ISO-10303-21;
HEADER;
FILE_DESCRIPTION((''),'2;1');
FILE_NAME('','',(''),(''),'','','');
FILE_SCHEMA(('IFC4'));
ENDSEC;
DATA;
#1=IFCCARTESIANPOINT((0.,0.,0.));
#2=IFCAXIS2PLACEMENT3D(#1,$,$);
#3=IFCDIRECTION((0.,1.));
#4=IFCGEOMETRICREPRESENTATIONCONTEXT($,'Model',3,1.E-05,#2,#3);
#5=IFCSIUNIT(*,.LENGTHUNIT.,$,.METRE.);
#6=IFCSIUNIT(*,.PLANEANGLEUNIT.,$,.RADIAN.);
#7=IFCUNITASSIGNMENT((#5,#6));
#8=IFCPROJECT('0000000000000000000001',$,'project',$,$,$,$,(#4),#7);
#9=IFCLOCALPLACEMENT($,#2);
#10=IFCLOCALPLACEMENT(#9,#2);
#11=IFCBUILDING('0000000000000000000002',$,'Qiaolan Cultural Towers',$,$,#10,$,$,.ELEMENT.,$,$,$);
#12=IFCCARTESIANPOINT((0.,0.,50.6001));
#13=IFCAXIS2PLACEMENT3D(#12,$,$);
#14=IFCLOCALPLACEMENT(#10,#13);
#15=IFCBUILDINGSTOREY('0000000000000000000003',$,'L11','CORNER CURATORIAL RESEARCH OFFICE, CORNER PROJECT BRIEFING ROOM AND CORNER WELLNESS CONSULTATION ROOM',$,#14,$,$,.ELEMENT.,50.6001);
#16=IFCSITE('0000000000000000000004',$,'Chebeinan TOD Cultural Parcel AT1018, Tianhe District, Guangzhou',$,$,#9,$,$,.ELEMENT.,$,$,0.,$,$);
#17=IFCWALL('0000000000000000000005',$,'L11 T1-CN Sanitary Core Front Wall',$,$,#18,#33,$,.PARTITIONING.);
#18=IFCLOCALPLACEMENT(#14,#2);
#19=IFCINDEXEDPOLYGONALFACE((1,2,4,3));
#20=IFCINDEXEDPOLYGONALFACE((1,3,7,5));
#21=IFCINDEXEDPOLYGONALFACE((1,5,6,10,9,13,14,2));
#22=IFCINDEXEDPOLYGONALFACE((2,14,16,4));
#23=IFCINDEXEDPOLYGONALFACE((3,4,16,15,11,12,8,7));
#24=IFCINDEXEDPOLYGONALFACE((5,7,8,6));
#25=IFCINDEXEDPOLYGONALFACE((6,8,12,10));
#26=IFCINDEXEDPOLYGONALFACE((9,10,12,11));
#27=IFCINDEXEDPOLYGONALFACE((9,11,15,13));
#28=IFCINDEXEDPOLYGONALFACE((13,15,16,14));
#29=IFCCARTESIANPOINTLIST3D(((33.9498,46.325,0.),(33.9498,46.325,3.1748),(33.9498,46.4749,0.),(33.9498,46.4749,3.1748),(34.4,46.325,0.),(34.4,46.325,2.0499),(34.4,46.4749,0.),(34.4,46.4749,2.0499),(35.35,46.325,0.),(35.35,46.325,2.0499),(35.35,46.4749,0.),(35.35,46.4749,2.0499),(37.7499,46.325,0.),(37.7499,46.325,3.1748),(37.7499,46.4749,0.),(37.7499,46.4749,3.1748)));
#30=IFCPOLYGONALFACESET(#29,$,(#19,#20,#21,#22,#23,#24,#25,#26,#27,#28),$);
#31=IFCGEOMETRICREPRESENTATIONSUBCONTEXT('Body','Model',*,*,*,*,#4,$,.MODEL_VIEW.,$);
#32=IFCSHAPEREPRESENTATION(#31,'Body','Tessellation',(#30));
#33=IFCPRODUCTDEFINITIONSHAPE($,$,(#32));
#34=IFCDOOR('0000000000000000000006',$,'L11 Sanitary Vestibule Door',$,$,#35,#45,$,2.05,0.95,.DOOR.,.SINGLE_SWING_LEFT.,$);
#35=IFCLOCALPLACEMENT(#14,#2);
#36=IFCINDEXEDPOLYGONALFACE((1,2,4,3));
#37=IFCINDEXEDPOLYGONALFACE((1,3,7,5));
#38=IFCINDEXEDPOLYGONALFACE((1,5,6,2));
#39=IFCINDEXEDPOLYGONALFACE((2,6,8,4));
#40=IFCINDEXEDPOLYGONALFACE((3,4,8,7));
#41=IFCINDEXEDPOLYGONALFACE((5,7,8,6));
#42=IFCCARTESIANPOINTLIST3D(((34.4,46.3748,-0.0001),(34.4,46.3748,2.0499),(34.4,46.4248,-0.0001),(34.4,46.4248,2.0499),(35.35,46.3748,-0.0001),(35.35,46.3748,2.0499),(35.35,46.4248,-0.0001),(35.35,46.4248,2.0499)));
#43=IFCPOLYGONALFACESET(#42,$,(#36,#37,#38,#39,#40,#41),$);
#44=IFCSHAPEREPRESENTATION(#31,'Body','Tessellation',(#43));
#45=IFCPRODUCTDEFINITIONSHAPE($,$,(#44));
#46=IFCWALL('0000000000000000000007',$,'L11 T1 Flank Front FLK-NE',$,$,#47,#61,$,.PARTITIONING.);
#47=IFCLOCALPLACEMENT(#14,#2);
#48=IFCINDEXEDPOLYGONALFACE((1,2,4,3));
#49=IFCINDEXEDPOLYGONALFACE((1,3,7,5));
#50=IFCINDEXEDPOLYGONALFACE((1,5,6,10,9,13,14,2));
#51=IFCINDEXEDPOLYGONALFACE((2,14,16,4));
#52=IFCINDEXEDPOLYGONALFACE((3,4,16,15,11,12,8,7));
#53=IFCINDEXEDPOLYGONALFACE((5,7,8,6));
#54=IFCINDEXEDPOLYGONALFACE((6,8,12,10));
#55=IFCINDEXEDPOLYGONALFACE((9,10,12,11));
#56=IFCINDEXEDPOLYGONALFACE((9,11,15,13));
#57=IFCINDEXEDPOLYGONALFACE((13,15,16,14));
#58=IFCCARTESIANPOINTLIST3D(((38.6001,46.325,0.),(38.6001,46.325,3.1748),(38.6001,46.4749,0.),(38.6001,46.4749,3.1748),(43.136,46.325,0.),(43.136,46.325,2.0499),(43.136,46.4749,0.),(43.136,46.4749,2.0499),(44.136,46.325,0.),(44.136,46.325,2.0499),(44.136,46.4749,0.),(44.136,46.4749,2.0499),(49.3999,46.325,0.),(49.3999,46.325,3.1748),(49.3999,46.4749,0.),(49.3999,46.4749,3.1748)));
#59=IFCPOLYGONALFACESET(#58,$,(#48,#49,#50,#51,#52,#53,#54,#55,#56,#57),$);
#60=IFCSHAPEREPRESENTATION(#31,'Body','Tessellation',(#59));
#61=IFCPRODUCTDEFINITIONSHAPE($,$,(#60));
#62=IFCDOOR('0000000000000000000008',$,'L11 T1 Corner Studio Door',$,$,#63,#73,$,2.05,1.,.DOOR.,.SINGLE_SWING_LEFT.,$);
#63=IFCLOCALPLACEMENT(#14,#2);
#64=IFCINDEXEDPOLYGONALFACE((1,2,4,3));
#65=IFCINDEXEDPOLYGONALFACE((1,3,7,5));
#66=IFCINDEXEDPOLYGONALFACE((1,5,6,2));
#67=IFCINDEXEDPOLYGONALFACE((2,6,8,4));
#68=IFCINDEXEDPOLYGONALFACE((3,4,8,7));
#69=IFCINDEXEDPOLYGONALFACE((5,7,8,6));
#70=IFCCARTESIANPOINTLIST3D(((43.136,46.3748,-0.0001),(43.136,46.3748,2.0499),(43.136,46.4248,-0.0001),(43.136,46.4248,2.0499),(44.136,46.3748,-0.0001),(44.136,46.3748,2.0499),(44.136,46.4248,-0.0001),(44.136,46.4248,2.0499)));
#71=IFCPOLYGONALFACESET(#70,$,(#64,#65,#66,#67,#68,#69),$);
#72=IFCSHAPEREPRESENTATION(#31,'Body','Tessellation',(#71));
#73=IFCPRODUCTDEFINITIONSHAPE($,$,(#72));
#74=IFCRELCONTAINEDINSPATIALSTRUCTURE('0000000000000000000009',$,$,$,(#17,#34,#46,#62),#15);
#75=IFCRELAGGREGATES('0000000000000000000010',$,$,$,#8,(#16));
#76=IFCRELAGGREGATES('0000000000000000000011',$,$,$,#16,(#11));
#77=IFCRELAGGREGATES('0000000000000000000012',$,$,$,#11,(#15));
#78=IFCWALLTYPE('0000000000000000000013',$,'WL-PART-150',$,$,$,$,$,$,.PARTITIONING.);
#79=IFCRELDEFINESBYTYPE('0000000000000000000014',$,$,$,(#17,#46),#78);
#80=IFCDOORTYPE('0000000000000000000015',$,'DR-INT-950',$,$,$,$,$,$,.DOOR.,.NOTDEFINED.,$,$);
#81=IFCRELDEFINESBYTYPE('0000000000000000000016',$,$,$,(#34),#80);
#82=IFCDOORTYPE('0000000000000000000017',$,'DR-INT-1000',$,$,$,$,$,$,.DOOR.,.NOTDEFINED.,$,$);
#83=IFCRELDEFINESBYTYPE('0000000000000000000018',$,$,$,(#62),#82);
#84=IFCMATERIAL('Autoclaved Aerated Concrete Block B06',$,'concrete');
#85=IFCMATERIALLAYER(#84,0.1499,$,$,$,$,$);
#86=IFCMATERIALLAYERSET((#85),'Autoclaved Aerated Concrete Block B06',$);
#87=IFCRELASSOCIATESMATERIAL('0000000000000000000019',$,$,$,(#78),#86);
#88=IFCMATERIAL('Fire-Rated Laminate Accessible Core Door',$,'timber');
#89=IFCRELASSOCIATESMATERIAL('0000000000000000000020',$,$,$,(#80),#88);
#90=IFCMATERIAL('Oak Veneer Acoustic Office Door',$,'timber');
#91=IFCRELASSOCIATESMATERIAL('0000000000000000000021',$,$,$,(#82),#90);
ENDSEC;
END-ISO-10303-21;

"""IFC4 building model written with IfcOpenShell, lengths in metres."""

from ifc_helpers import new_model, si_unit, direction, frame, frame_2d, origin, place, context, subcontext, project, spatial, rectangle, extrude, material, layer, layer_set, type_object, element, fill, save


model = new_model("IFC4")

# Units and contexts
model_context = context("Model", 3, precision=1e-05, world=origin(), true_north=direction((0.0, 1.0)))
body_context = subcontext(model_context, "Body", "Model", "MODEL_VIEW")
ifc_project = project(units=[si_unit("LENGTHUNIT", "METRE"), si_unit("PLANEANGLEUNIT", "RADIAN")], contexts=[model_context])

# Site, building, storey
site_placement = place(None, origin())
site = spatial("IfcSite", under=ifc_project, at=site_placement, Name="Chebeinan TOD Cultural Parcel AT1018, Tianhe District, Guangzhou", CompositionType="ELEMENT", RefElevation=0.0)
building_placement = place(site_placement, origin())
building = spatial("IfcBuilding", under=site, at=building_placement, Name="Qiaolan Cultural Towers", CompositionType="ELEMENT")
storey_placement = place(building_placement, frame((0.0, 0.0, 50.6001)))
storey = spatial("IfcBuildingStorey", under=building, at=storey_placement, Name="L11", Description="CORNER CURATORIAL RESEARCH OFFICE, CORNER PROJECT BRIEFING ROOM AND CORNER WELLNESS CONSULTATION ROOM", CompositionType="ELEMENT", Elevation=50.6001)

# Walls, openings, doors
ifc_material_1 = material(Name="Autoclaved Aerated Concrete Block B06", Category="concrete")
ifc_layer_1 = layer(ifc_material_1, 0.1499)
ifc_layer_set_1 = layer_set([ifc_layer_1], Name="Autoclaved Aerated Concrete Block B06")
wall_type_1 = type_object("IfcWallType", Name="WL-PART-150", PredefinedType="PARTITIONING", material=ifc_layer_set_1)
wall_1_placement = place(storey_placement, frame((33.95, 46.3999, 0.0), z_axis=(0.0, 0.0, 1.0), x_axis=(1.0, 0.0, 0.0)))
wall_1 = element("IfcWall", 1, at=wall_1_placement, inside=storey, type_object=wall_type_1, Name="L11 T1-CN Sanitary Core Front Wall", PredefinedType="PARTITIONING", context=body_context, shape_type="SweptSolid", body=[
    extrude(rectangle(XDim=3.8, YDim=0.1499, at=frame_2d((1.8999, 0.0))), origin(), (0.0, 0.0, 1.0), 3.1748),
])
opening_1_placement = place(wall_1_placement, frame((0.45, 0.0, 0.0)))
opening_1 = element("IfcOpeningElement", 2, at=opening_1_placement, cuts=wall_1, PredefinedType="OPENING", context=body_context, shape_type="SweptSolid", body=[
    extrude(rectangle(XDim=0.95, YDim=2.05, at=frame_2d((0.4751, 1.0249))), frame((0.0, 0.085, 0.0), z_axis=(0.0, -1.0, 0.0), x_axis=(1.0, 0.0, 0.0)), (0.0, 0.0, 1.0), 0.1699),
])
ifc_material_2 = material(Name="Fire-Rated Laminate Accessible Core Door", Category="timber")
door_type_1 = type_object("IfcDoorType", Name="DR-INT-950", OperationType="NOTDEFINED", PredefinedType="DOOR", material=ifc_material_2)
door_1_placement = place(opening_1_placement, origin())
door_1 = element("IfcDoor", 3, at=door_1_placement, inside=storey, type_object=door_type_1, Name="L11 Sanitary Vestibule Door", OperationType="SINGLE_SWING_LEFT", OverallHeight=2.05, OverallWidth=0.95, PredefinedType="DOOR", context=body_context, shape_type="SweptSolid", body=[
    extrude(rectangle(XDim=0.95, YDim=2.05, at=frame_2d((0.4751, 1.0249))), frame((0.0, 0.0249, 0.0), z_axis=(0.0, -1.0, 0.0), x_axis=(1.0, 0.0, 0.0)), (0.0, 0.0, 1.0), 0.05),
])
fill(opening_1, door_1)
wall_2_placement = place(storey_placement, frame((38.6001, 46.3999, 0.0), z_axis=(0.0, 0.0, 1.0), x_axis=(1.0, 0.0, 0.0)))
wall_2 = element("IfcWall", 4, at=wall_2_placement, inside=storey, type_object=wall_type_1, Name="L11 T1 Flank Front FLK-NE", PredefinedType="PARTITIONING", context=body_context, shape_type="SweptSolid", body=[
    extrude(rectangle(XDim=10.7998, YDim=0.1499, at=frame_2d((5.3999, 0.0))), origin(), (0.0, 0.0, 1.0), 3.1748),
])
opening_2_placement = place(wall_2_placement, frame((4.5359, 0.0, 0.0)))
opening_2 = element("IfcOpeningElement", 5, at=opening_2_placement, cuts=wall_2, PredefinedType="OPENING", context=body_context, shape_type="SweptSolid", body=[
    extrude(rectangle(XDim=1.0, YDim=2.05, at=frame_2d((0.5, 1.0249))), frame((0.0, 0.085, 0.0), z_axis=(0.0, -1.0, 0.0), x_axis=(1.0, 0.0, 0.0)), (0.0, 0.0, 1.0), 0.1699),
])
ifc_material_3 = material(Name="Oak Veneer Acoustic Office Door", Category="timber")
door_type_2 = type_object("IfcDoorType", Name="DR-INT-1000", OperationType="NOTDEFINED", PredefinedType="DOOR", material=ifc_material_3)
door_2_placement = place(opening_2_placement, origin())
door_2 = element("IfcDoor", 6, at=door_2_placement, inside=storey, type_object=door_type_2, Name="L11 T1 Corner Studio Door", OperationType="SINGLE_SWING_LEFT", OverallHeight=2.05, OverallWidth=1.0, PredefinedType="DOOR", context=body_context, shape_type="SweptSolid", body=[
    extrude(rectangle(XDim=1.0, YDim=2.05, at=frame_2d((0.5, 1.0249))), frame((0.0, 0.0249, 0.0), z_axis=(0.0, -1.0, 0.0), x_axis=(1.0, 0.0, 0.0)), (0.0, 0.0, 1.0), 0.05),
])
fill(opening_2, door_2)

save(model, "model.ifc")
